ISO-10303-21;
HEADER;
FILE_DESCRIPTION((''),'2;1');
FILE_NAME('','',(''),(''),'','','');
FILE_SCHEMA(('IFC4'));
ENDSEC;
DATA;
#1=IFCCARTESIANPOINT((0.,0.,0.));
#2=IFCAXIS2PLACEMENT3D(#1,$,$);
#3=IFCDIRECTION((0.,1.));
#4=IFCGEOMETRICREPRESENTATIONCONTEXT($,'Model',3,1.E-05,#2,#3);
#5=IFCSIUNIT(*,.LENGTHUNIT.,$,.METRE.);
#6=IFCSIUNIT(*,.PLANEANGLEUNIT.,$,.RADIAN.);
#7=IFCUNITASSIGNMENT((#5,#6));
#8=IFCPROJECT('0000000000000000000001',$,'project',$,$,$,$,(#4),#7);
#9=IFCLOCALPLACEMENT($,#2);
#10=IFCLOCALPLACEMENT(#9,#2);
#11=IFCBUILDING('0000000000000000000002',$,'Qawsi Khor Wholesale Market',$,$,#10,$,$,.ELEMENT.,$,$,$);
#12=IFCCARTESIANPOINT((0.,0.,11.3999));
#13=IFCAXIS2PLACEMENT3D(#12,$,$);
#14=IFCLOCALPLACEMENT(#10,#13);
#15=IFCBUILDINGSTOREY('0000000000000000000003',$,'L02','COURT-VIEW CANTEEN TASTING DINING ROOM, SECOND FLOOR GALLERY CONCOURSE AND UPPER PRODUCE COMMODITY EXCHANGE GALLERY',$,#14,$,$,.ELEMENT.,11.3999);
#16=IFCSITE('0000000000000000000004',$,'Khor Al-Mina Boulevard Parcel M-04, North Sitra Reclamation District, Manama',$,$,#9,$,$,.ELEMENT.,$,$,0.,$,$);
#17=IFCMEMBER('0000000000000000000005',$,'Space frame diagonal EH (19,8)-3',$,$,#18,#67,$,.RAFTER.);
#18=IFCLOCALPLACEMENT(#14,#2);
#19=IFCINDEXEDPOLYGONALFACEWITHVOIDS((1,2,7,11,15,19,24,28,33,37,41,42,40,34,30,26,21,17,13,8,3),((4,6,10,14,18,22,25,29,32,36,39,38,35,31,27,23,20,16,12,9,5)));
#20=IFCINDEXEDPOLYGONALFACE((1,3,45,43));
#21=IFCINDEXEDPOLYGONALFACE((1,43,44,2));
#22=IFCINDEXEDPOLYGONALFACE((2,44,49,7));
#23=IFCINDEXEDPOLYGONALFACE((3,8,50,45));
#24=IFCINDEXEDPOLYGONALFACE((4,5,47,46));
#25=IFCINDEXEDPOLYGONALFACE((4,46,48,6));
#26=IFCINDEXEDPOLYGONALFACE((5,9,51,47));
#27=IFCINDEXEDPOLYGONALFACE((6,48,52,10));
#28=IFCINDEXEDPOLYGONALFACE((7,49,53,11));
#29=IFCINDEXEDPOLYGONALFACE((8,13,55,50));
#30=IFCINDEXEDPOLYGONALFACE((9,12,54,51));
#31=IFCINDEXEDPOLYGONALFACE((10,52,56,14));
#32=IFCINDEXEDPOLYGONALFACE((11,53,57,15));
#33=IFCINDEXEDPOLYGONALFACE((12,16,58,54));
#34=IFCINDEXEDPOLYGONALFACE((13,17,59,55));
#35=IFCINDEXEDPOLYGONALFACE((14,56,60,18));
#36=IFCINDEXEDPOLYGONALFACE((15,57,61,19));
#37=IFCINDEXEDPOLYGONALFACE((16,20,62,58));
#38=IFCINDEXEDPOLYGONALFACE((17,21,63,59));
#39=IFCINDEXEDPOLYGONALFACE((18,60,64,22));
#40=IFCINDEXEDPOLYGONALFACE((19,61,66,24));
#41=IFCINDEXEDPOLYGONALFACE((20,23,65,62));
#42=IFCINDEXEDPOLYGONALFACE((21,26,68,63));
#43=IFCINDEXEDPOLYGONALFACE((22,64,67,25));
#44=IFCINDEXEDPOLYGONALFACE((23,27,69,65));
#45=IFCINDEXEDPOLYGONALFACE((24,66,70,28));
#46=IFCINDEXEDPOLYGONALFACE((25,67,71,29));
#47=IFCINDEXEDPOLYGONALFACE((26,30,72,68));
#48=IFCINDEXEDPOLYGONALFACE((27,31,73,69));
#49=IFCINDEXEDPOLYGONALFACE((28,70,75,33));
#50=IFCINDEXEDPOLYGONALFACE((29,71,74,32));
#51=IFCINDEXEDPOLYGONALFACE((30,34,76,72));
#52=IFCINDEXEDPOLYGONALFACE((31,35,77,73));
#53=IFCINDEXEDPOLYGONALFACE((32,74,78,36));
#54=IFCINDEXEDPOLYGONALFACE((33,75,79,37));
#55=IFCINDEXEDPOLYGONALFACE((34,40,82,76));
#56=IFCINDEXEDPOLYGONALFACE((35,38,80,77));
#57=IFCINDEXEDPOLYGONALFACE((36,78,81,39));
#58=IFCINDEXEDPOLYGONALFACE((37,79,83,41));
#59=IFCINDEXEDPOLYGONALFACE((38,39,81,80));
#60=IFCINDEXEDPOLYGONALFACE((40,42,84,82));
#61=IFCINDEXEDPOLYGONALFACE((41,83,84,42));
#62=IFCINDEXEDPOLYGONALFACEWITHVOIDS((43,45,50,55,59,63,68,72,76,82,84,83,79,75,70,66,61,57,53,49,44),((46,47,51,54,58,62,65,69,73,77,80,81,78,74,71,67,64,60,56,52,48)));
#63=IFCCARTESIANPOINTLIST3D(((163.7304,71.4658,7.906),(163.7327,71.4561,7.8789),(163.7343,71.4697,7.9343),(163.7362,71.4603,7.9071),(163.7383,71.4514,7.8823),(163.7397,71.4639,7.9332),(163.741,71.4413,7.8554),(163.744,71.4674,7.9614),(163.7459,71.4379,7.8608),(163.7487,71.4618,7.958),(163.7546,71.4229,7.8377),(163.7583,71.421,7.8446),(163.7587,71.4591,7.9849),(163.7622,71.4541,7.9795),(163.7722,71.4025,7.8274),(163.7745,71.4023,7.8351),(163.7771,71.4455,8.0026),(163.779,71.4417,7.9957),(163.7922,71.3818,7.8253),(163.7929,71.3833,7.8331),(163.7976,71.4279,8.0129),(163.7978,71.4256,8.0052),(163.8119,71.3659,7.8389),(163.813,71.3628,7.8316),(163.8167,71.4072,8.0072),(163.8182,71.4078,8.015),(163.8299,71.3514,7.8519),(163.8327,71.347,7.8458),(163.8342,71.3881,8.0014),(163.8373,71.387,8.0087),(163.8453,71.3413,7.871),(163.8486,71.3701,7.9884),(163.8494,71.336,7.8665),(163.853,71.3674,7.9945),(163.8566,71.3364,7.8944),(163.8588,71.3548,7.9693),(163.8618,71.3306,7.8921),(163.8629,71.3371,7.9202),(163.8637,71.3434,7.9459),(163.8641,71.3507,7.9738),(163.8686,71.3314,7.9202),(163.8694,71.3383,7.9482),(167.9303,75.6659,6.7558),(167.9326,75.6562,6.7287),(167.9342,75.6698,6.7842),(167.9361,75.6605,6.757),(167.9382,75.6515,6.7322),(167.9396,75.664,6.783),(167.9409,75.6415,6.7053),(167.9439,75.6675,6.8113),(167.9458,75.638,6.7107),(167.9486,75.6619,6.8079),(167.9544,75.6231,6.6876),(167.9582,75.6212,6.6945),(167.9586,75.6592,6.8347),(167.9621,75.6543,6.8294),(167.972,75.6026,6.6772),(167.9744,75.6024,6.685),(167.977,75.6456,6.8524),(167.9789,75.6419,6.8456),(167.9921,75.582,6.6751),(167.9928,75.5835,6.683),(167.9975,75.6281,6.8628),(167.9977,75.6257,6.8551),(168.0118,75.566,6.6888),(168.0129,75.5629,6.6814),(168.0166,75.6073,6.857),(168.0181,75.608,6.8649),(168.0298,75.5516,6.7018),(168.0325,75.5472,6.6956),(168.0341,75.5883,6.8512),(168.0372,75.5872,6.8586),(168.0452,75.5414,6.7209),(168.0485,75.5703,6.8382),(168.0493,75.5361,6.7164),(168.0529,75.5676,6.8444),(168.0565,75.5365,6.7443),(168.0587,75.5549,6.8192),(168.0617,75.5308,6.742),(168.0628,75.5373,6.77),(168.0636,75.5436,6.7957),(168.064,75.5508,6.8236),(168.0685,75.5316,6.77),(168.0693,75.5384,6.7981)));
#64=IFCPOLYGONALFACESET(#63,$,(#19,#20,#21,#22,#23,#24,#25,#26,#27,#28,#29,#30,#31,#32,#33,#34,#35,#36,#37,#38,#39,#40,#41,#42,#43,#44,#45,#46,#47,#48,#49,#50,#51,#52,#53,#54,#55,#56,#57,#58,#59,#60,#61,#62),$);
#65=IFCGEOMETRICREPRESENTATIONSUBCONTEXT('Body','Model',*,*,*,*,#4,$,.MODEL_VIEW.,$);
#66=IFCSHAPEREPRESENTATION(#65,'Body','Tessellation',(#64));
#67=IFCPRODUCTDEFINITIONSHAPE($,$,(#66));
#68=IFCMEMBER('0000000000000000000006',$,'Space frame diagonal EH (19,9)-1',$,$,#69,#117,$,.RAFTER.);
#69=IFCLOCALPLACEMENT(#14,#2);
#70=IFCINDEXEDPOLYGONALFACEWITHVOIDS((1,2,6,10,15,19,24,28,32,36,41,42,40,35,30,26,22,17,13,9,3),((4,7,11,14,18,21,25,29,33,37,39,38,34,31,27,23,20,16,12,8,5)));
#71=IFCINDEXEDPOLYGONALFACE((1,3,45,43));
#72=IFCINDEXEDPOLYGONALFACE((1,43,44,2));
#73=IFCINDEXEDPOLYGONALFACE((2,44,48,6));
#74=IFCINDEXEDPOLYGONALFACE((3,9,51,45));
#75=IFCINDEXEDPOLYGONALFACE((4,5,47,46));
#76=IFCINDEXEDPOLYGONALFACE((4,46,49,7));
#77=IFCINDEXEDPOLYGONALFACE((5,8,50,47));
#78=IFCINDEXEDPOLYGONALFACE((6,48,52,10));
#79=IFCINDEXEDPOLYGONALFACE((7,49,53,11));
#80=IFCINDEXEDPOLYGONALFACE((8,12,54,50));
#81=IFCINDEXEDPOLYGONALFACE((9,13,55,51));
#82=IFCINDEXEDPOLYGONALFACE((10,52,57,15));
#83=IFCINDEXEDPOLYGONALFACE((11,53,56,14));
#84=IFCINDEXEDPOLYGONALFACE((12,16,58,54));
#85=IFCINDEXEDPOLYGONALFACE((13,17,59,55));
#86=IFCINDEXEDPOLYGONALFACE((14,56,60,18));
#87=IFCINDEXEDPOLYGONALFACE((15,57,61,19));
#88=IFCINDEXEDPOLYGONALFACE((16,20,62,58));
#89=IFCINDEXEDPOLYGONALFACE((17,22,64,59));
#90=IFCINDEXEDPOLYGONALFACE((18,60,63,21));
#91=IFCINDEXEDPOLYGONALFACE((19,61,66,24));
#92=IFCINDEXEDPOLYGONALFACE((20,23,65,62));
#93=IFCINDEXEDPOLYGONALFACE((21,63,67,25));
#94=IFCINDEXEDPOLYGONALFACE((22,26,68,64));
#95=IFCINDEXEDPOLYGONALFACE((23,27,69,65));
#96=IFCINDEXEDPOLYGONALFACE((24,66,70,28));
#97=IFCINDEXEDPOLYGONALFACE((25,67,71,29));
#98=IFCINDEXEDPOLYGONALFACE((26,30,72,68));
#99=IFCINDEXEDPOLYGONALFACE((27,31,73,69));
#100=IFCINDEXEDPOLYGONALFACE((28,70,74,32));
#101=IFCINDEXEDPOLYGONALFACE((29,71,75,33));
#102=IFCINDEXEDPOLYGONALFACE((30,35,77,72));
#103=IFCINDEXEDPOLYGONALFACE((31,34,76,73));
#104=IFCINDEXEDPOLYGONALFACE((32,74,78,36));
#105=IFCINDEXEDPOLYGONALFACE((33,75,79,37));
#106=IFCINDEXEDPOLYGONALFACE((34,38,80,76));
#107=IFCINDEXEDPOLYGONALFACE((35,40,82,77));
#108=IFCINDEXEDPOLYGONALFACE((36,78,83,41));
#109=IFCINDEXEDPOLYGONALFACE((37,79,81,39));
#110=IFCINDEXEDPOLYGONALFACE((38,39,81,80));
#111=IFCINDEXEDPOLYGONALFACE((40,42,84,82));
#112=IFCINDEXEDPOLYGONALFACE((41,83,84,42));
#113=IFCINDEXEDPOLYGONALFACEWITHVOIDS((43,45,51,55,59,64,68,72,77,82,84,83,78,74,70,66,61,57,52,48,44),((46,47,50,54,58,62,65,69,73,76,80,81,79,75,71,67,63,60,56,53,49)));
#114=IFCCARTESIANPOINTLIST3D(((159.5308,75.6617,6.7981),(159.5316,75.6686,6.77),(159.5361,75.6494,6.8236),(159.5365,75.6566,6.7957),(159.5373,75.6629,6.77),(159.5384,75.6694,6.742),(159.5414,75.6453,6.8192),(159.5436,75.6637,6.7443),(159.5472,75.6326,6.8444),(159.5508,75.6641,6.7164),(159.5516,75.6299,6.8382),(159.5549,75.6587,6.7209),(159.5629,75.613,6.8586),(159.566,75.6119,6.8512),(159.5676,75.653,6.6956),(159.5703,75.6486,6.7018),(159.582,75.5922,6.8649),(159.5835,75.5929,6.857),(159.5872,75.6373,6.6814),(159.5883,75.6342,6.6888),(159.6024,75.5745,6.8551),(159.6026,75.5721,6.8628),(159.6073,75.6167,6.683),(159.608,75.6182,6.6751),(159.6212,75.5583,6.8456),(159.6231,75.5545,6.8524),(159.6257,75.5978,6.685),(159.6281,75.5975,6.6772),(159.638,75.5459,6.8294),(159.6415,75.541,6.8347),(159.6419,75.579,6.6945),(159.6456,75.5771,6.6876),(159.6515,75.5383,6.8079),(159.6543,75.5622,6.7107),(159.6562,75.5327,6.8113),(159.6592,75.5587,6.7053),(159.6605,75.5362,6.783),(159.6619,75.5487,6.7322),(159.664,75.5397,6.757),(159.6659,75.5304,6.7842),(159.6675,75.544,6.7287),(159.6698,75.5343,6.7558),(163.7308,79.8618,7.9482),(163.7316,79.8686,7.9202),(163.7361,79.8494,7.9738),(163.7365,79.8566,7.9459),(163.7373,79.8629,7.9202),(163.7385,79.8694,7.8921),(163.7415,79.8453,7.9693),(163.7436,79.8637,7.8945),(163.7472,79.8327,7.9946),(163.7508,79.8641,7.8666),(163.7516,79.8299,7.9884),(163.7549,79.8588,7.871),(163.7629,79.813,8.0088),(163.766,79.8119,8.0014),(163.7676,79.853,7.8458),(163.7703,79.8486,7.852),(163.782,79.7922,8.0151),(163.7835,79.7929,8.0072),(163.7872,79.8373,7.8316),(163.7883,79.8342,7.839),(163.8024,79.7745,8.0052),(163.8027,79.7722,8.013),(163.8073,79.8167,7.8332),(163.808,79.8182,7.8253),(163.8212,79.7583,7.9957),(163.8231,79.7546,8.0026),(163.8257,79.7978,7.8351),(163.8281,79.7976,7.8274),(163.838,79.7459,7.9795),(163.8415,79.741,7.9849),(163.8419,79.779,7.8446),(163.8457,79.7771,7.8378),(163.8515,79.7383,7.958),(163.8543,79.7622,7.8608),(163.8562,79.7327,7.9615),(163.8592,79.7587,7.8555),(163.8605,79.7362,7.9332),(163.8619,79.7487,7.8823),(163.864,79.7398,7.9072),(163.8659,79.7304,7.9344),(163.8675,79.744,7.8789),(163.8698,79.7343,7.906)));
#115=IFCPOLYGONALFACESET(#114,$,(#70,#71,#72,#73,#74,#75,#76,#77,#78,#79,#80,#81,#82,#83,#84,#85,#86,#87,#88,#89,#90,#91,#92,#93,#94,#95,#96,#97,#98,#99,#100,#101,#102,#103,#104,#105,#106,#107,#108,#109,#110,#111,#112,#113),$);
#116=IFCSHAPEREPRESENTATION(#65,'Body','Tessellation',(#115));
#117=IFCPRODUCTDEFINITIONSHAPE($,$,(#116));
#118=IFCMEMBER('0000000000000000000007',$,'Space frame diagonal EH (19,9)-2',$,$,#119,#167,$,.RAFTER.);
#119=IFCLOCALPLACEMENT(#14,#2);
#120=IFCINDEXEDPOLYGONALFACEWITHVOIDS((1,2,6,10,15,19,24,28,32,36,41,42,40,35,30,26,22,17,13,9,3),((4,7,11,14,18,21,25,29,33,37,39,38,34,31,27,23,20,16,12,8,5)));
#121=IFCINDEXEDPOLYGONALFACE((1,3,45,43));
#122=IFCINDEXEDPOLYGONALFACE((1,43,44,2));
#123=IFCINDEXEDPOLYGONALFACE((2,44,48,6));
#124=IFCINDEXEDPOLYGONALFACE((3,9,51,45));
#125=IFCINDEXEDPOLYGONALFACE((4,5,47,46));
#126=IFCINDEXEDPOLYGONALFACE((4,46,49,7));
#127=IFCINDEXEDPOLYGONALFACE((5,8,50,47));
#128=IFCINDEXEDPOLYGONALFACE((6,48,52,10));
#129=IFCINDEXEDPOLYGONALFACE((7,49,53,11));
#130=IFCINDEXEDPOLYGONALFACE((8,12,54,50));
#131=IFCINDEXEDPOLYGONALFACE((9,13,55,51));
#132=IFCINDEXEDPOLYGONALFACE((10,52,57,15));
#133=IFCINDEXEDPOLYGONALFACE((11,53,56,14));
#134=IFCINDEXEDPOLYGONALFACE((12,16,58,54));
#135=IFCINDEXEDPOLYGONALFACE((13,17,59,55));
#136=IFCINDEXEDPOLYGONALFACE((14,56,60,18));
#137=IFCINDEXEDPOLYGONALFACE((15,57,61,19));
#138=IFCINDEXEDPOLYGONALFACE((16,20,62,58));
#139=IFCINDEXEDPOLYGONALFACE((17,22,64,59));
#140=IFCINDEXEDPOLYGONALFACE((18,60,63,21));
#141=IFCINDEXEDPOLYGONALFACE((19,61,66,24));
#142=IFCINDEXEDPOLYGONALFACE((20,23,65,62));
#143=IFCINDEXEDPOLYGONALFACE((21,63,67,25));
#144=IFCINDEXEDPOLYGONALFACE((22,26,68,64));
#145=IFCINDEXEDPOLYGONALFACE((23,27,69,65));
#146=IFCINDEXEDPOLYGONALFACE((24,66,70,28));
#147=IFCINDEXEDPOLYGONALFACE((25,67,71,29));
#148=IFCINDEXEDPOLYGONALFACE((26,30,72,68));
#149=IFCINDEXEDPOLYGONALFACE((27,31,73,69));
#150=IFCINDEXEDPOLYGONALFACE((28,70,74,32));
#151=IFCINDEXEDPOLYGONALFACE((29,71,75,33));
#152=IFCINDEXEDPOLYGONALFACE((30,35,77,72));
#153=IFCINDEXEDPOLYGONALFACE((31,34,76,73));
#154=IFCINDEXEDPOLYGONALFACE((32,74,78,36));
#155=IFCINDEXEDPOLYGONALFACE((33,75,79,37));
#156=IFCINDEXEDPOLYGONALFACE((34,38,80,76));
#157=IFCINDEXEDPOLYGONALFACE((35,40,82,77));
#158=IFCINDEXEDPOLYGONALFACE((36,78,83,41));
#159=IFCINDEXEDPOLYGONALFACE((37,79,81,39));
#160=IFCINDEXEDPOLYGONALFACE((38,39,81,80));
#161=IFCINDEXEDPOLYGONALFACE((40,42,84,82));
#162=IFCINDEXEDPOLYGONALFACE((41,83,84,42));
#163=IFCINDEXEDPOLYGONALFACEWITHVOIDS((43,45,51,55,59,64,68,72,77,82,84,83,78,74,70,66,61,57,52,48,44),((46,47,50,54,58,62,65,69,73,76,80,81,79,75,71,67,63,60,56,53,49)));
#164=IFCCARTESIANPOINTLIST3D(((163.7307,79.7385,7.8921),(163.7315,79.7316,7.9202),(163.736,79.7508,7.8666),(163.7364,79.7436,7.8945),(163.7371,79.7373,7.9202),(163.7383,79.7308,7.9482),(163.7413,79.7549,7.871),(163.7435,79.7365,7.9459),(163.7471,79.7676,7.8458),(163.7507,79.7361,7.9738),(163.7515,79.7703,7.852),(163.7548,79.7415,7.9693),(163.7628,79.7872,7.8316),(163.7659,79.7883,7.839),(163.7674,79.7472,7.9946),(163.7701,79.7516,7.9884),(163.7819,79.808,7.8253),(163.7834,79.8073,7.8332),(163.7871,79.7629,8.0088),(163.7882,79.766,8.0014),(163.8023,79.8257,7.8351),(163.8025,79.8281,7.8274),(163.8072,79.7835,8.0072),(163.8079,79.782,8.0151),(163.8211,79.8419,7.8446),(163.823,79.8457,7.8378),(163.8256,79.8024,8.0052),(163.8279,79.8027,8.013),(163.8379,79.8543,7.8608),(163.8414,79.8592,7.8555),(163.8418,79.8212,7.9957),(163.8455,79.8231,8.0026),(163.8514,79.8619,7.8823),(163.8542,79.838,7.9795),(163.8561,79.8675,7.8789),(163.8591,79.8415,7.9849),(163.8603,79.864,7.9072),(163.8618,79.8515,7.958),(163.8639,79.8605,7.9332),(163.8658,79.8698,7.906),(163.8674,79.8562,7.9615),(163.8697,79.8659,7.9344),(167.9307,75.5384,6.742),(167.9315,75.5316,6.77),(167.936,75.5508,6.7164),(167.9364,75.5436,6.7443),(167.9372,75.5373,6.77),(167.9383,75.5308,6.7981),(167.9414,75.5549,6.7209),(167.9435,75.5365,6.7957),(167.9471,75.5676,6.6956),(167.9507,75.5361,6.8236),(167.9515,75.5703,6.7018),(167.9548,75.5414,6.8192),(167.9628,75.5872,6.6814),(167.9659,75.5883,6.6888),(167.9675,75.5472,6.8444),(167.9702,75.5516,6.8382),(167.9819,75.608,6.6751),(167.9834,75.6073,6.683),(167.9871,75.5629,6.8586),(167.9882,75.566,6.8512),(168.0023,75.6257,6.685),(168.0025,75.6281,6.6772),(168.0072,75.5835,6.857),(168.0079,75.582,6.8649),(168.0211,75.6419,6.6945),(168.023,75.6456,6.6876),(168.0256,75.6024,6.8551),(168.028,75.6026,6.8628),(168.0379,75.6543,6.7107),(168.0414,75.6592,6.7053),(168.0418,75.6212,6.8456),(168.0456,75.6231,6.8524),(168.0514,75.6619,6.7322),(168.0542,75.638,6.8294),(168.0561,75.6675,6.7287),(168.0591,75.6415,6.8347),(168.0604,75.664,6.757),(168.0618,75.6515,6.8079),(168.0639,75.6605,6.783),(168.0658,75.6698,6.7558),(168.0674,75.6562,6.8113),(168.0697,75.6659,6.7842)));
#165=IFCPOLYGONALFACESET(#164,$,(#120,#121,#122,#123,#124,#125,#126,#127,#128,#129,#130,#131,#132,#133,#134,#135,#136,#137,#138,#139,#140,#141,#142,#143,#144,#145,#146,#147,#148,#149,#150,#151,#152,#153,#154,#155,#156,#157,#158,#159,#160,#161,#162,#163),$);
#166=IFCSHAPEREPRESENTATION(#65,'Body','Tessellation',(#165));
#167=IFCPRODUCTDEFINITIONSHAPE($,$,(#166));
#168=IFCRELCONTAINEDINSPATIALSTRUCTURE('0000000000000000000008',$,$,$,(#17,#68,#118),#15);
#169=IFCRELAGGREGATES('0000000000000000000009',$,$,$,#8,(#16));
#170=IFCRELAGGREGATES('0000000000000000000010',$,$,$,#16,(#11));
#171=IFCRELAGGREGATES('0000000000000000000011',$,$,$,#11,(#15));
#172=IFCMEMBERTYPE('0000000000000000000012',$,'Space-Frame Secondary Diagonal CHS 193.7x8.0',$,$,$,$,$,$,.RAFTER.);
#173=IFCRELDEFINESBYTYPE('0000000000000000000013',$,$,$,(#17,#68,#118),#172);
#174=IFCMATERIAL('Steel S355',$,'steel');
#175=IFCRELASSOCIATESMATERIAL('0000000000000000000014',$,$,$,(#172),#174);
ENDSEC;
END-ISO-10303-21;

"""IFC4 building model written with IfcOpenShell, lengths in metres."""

from ifc_helpers import new_model, si_unit, direction, frame, origin, origin_2d, place, context, subcontext, project, spatial, hollow_circle, extrude, material, material_profile, profile_set, type_object, element, save


model = new_model("IFC4")

# Units and contexts
model_context = context("Model", 3, precision=1e-05, world=origin(), true_north=direction((0.0, 1.0)))
body_context = subcontext(model_context, "Body", "Model", "MODEL_VIEW")
ifc_project = project(units=[si_unit("LENGTHUNIT", "METRE"), si_unit("PLANEANGLEUNIT", "RADIAN")], contexts=[model_context])

# Site, building, storey
site_placement = place(None, origin())
site = spatial("IfcSite", under=ifc_project, at=site_placement, Name="Khor Al-Mina Boulevard Parcel M-04, North Sitra Reclamation District, Manama", CompositionType="ELEMENT", RefElevation=0.0)
building_placement = place(site_placement, origin())
building = spatial("IfcBuilding", under=site, at=building_placement, Name="Qawsi Khor Wholesale Market", CompositionType="ELEMENT")
storey_placement = place(building_placement, frame((0.0, 0.0, 11.3999)))
storey = spatial("IfcBuildingStorey", under=building, at=storey_placement, Name="L02", Description="COURT-VIEW CANTEEN TASTING DINING ROOM, SECOND FLOOR GALLERY CONCOURSE AND UPPER PRODUCE COMMODITY EXCHANGE GALLERY", CompositionType="ELEMENT", Elevation=11.3999)

# Members
ifc_material_1 = material(Name="Steel S355", Category="steel")
ifc_material_profile_1 = material_profile(ifc_material_1, hollow_circle(Radius=0.0969, WallThickness=0.0081, at=origin_2d()), Name="CHS 193.7x8.0")
ifc_profile_set_1 = profile_set([ifc_material_profile_1], Name="Steel S355")
member_type_1 = type_object("IfcMemberType", Name="Space-Frame Secondary Diagonal CHS 193.7x8.0", PredefinedType="RAFTER", material=ifc_profile_set_1)
for number, where, z_axis, x_axis, name in (
    (1, (168.0, 75.6001, 6.77), (-0.694192, -0.694232, 0.190103), (0.707127, -0.707086, 0.0), "Space frame diagonal EH (19,8)-3"),
    (2, (159.6001, 75.6001, 6.77), (0.694211, 0.694211, 0.190108), (-0.707107, 0.707107, 0.0), "Space frame diagonal EH (19,9)-1"),
    (3, (168.0, 75.6001, 6.77), (-0.694211, 0.694211, 0.190108), (-0.707107, -0.707107, 0.0), "Space frame diagonal EH (19,9)-2"),
):
    element("IfcMember", number, at=place(storey_placement, frame(where, z_axis=z_axis, x_axis=x_axis)), inside=storey, type_object=member_type_1, Name=name, PredefinedType="RAFTER", context=body_context, shape_type="SweptSolid", body=[
        extrude(hollow_circle(Radius=0.0969, WallThickness=0.0081, at=origin_2d()), origin(), (0.0, 0.0, 1.0), 6.05),
    ])

save(model, "model.ifc")
